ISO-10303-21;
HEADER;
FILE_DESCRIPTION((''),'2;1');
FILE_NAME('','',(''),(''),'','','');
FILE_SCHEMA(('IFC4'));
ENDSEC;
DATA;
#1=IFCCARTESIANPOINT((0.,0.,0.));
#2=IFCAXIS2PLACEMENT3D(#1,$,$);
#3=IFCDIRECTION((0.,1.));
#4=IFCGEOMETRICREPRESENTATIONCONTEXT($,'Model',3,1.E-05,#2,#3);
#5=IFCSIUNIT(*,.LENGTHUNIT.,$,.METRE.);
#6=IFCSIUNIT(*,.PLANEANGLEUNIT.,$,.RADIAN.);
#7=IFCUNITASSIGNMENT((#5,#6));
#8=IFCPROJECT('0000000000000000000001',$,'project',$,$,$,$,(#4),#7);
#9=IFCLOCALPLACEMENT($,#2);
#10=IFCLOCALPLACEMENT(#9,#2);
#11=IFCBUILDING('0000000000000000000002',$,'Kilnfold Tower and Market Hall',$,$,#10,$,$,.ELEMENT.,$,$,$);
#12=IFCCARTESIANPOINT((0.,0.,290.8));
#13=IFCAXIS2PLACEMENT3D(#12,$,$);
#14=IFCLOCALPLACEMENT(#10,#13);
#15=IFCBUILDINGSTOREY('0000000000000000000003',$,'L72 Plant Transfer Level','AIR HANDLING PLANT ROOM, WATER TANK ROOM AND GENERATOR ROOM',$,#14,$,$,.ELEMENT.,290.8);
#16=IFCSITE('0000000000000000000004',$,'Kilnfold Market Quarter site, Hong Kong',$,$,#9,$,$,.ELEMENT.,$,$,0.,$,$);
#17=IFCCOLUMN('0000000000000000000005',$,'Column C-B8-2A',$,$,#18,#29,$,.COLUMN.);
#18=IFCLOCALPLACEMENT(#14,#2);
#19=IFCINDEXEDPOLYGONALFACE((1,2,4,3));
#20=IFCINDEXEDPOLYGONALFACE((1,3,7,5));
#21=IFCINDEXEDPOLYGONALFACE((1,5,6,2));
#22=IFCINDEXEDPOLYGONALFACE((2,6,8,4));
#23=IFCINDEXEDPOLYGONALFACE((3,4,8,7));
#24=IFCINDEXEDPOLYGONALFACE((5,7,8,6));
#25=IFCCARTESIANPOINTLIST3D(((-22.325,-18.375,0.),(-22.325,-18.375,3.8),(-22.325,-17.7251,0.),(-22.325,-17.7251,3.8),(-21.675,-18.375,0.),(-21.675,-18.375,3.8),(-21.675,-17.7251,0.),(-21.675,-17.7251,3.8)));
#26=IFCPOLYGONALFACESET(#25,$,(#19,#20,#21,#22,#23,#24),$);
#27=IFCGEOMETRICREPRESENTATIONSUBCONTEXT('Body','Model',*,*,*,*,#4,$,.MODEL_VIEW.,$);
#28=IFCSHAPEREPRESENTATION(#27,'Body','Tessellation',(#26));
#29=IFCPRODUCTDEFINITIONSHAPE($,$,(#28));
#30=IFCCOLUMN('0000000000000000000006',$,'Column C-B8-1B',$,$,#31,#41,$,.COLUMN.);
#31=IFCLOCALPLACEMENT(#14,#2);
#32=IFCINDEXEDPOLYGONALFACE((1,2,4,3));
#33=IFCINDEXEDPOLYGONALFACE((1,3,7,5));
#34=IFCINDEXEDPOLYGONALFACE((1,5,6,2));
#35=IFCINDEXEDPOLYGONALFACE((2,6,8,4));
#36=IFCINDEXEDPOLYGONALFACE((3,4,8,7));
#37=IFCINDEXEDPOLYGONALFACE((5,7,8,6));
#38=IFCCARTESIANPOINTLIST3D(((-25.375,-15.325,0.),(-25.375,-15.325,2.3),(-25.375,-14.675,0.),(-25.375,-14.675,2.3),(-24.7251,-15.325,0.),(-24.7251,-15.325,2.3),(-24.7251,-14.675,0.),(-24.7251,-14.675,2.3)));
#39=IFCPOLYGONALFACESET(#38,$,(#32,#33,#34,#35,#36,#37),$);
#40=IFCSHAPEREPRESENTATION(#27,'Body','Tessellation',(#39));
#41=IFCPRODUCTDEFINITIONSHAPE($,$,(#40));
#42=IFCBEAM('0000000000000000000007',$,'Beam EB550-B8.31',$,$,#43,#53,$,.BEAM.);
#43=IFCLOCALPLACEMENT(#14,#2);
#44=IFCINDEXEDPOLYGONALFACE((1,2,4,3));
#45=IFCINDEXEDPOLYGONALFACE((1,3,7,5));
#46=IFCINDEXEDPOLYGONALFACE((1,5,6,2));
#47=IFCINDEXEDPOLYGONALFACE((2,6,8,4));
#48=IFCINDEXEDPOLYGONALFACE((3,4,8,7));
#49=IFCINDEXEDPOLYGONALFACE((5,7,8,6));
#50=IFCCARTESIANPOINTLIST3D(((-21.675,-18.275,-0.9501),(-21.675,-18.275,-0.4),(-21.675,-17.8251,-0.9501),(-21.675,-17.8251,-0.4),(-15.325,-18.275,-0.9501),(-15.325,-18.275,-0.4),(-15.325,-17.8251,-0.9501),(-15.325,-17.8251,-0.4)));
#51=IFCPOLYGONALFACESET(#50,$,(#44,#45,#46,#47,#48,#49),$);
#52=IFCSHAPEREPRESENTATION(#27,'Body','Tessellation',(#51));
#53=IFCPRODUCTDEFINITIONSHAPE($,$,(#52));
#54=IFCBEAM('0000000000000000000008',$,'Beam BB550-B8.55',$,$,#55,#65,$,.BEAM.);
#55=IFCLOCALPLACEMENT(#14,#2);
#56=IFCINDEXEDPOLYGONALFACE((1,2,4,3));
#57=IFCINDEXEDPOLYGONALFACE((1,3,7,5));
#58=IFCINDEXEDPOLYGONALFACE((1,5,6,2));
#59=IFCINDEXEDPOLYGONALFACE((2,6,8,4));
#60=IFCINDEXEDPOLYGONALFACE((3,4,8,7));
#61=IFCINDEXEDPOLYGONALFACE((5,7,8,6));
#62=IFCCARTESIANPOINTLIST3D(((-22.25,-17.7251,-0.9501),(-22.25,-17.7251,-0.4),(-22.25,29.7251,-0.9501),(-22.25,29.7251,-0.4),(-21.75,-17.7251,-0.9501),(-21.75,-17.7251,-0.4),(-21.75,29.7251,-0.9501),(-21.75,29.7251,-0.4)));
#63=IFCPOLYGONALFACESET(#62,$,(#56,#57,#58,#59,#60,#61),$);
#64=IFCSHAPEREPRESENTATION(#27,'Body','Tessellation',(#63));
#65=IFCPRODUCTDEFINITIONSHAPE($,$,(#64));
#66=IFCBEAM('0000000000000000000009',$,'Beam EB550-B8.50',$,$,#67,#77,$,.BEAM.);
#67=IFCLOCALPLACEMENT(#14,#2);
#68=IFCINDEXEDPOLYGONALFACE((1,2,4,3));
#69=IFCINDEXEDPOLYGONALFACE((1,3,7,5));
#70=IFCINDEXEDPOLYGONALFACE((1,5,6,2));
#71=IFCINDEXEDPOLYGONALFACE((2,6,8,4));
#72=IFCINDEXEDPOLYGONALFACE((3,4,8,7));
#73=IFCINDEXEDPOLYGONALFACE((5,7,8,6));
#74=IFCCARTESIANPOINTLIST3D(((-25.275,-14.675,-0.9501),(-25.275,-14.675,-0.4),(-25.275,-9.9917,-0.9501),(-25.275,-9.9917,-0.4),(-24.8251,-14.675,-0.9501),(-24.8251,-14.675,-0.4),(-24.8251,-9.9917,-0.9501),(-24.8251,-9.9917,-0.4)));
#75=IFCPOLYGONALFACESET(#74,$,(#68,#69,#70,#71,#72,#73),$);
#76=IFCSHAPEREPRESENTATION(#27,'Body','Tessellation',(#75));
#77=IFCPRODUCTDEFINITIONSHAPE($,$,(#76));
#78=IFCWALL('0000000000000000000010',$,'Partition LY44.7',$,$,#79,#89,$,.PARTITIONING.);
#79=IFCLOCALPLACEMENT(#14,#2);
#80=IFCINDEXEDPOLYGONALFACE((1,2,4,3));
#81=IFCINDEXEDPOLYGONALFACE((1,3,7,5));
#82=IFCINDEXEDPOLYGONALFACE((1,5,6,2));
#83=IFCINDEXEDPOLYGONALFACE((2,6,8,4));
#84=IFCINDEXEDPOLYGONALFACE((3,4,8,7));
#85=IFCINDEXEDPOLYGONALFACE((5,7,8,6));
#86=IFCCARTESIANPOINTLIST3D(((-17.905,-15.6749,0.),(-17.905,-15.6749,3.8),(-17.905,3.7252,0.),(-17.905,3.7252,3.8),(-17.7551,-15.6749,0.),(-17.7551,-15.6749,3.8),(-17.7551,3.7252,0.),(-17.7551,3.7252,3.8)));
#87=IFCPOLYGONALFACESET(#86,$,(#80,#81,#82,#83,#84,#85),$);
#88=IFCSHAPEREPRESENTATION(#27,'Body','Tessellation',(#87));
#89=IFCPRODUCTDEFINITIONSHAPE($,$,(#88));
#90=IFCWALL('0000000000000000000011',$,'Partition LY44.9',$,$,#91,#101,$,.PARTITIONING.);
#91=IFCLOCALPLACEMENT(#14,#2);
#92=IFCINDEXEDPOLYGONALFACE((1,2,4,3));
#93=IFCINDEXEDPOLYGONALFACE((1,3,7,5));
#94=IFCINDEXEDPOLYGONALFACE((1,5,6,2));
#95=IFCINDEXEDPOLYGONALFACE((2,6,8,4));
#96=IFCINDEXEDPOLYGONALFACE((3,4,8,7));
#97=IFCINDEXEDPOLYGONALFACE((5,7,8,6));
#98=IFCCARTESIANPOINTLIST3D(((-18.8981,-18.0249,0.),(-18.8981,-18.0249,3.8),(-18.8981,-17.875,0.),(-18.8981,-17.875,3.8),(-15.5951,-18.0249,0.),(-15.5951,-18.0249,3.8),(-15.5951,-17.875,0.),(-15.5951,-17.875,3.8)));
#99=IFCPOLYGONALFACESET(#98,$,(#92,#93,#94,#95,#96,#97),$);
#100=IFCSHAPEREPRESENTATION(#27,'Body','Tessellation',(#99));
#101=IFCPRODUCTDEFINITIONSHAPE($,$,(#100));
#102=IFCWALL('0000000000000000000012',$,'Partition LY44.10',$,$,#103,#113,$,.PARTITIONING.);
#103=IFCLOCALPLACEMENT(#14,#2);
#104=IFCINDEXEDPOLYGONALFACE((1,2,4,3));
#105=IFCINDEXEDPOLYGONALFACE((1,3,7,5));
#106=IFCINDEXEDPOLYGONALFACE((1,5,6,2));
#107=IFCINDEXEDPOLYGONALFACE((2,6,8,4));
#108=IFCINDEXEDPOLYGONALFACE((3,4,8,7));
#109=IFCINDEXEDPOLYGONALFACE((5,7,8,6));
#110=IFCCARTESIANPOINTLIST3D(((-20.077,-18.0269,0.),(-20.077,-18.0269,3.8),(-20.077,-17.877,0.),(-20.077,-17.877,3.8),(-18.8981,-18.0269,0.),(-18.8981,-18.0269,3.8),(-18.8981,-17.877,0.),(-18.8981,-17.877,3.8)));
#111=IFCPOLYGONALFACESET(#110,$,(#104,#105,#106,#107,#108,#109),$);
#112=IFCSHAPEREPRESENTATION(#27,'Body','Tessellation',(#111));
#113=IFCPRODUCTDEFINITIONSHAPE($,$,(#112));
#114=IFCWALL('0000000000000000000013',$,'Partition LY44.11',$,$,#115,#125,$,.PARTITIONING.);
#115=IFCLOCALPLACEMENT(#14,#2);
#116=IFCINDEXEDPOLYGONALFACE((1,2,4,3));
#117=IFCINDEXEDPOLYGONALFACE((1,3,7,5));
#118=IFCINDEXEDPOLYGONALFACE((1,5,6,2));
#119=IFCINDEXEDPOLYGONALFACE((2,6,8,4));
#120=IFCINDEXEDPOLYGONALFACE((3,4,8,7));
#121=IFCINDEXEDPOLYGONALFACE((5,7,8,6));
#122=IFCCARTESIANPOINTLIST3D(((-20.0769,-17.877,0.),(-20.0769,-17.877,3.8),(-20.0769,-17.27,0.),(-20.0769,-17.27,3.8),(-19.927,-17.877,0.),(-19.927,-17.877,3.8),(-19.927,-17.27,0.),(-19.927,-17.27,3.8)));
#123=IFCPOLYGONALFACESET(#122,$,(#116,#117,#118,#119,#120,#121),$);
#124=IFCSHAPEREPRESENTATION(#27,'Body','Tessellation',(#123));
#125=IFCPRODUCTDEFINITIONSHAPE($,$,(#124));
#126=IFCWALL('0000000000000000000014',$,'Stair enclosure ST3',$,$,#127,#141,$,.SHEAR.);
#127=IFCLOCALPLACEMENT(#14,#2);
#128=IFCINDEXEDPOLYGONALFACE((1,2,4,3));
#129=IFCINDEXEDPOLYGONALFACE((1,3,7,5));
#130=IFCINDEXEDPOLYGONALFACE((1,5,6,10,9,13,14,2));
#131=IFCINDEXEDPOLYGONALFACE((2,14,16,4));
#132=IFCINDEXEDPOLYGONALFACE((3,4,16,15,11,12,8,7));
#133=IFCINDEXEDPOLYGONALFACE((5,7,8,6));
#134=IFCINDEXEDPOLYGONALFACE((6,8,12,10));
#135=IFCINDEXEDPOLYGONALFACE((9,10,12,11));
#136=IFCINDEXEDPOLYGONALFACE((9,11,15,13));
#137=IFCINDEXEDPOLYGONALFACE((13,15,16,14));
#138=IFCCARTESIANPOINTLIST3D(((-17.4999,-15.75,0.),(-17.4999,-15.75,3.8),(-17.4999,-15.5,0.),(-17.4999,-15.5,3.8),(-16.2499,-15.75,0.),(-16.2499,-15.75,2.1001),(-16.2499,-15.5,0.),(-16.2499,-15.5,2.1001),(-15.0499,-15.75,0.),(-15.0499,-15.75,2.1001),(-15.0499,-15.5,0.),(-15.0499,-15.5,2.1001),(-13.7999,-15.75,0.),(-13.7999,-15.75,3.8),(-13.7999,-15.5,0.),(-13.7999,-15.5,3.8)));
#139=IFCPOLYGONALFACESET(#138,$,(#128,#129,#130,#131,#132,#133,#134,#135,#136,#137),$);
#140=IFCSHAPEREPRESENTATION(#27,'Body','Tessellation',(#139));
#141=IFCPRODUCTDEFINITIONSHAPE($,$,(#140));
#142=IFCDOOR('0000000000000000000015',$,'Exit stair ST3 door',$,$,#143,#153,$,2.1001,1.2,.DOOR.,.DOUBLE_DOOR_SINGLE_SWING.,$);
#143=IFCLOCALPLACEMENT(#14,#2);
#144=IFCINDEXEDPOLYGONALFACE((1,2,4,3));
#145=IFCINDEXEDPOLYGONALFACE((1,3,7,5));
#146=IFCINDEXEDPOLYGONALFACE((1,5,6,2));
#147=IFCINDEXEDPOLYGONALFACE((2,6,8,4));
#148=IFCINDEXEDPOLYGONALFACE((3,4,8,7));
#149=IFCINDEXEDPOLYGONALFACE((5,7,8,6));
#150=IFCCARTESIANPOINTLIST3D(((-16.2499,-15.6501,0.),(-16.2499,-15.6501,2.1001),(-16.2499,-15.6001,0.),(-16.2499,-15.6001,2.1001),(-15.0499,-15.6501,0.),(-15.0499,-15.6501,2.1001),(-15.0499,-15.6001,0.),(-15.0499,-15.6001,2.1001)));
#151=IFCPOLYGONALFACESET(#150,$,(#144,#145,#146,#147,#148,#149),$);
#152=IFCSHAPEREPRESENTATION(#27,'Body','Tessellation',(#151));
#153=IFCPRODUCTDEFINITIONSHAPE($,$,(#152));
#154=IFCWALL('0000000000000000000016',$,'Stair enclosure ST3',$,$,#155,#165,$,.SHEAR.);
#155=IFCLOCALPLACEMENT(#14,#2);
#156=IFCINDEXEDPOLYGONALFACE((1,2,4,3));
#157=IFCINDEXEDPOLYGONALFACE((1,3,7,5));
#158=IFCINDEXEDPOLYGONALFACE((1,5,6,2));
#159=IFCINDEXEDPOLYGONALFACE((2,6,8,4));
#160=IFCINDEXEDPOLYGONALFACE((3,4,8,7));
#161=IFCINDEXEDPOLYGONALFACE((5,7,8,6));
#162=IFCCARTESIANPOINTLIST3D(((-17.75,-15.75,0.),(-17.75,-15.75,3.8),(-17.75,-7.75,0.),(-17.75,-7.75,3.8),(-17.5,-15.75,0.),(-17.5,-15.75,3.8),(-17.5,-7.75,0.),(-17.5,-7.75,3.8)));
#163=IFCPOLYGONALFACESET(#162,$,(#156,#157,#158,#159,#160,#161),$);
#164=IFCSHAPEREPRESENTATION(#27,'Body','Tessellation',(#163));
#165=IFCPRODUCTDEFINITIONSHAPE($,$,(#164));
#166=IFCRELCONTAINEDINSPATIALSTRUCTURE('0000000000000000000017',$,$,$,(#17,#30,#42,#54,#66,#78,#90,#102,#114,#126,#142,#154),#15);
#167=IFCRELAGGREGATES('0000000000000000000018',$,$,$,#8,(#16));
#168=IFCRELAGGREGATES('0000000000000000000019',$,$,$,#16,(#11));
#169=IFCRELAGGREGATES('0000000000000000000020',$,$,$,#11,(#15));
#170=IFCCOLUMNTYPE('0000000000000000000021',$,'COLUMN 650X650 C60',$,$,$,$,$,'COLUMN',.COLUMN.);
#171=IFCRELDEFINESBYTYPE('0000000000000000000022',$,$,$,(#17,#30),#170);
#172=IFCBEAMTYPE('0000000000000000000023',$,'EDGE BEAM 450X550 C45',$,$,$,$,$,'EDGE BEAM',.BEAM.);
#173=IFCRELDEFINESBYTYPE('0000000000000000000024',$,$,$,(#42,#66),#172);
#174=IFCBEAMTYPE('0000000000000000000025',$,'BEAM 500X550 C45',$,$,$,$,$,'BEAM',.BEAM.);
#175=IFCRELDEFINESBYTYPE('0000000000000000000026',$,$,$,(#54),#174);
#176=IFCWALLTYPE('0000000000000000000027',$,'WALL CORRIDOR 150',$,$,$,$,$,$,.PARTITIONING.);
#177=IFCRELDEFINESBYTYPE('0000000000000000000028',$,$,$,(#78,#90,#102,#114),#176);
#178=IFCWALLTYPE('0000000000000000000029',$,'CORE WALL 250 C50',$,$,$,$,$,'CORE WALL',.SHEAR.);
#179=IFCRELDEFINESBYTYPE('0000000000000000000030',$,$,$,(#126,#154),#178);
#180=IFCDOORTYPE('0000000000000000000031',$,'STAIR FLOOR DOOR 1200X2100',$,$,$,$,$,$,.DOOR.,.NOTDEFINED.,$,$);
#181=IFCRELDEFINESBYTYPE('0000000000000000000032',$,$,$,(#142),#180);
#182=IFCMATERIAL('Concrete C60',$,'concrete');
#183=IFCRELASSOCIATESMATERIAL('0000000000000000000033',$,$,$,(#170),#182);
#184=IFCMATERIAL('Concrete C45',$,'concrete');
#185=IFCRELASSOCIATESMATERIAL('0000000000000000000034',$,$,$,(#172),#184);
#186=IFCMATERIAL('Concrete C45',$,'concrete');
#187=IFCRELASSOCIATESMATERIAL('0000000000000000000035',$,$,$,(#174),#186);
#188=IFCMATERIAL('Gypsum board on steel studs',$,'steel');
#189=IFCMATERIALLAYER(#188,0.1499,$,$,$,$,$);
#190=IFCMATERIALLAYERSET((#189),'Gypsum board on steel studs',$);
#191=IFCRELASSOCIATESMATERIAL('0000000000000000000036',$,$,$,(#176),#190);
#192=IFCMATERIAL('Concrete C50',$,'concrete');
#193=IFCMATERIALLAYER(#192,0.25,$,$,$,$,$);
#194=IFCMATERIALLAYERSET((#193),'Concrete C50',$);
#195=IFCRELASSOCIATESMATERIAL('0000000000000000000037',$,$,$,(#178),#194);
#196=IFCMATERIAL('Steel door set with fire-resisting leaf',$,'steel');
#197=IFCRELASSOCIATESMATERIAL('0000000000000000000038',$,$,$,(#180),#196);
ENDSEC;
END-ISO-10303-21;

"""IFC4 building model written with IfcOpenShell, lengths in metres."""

from ifc_helpers import new_model, si_unit, direction, frame, frame_2d, origin, origin_2d, place, context, subcontext, project, spatial, rectangle, extrude, source, transform, mapped, material, layer, layer_set, material_profile, profile_set, type_object, element, fill, save


model = new_model("IFC4")

# Units and contexts
model_context = context("Model", 3, precision=1e-05, world=origin(), true_north=direction((0.0, 1.0)))
body_context = subcontext(model_context, "Body", "Model", "MODEL_VIEW")
ifc_project = project(units=[si_unit("LENGTHUNIT", "METRE"), si_unit("PLANEANGLEUNIT", "RADIAN")], contexts=[model_context])

# Site, building, storey
site_placement = place(None, origin())
site = spatial("IfcSite", under=ifc_project, at=site_placement, Name="Kilnfold Market Quarter site, Hong Kong", CompositionType="ELEMENT", RefElevation=0.0)
building_placement = place(site_placement, origin())
building = spatial("IfcBuilding", under=site, at=building_placement, Name="Kilnfold Tower and Market Hall", CompositionType="ELEMENT")
storey_placement = place(building_placement, frame((0.0, 0.0, 290.8)))
storey = spatial("IfcBuildingStorey", under=building, at=storey_placement, Name="L72 Plant Transfer Level", Description="AIR HANDLING PLANT ROOM, WATER TANK ROOM AND GENERATOR ROOM", CompositionType="ELEMENT", Elevation=290.8)

# Columns
ifc_material_1 = material(Name="Concrete C60", Category="concrete")
ifc_material_profile_1 = material_profile(ifc_material_1, rectangle(XDim=0.6499, YDim=0.6499, at=origin_2d()), Name="RC 650x650")
ifc_profile_set_1 = profile_set([ifc_material_profile_1], Name="Concrete C60")
column_type = type_object("IfcColumnType", Name="COLUMN 650X650 C60", ElementType="COLUMN", PredefinedType="COLUMN", material=ifc_profile_set_1)
shared_shape_1 = source(origin(), body_context, "Body", "SweptSolid", [
    extrude(rectangle(XDim=0.6499, YDim=0.6499, at=origin_2d()), origin(), (0.0, 0.0, 1.0), 3.8),
])
column_1_placement = place(storey_placement, frame((-22.0, -18.05, 0.0), z_axis=(0.0, 0.0, 1.0), x_axis=(1.0, 0.0, 0.0)))
element("IfcColumn", 1, at=column_1_placement, inside=storey, type_object=column_type, Name="Column C-B8-2A", PredefinedType="COLUMN", context=body_context, shape_type="MappedRepresentation", body=[
    mapped(shared_shape_1, transform((0.0, 0.0, 0.0))),
])
shared_shape_2 = source(origin(), body_context, "Body", "SweptSolid", [
    extrude(rectangle(XDim=0.6499, YDim=0.6499, at=origin_2d()), origin(), (0.0, 0.0, 1.0), 2.3),
])
column_2_placement = place(storey_placement, frame((-25.05, -15.0, 0.0), z_axis=(0.0, 0.0, 1.0), x_axis=(1.0, 0.0, 0.0)))
element("IfcColumn", 2, at=column_2_placement, inside=storey, type_object=column_type, Name="Column C-B8-1B", PredefinedType="COLUMN", context=body_context, shape_type="MappedRepresentation", body=[
    mapped(shared_shape_2, transform((0.0, 0.0, 0.0))),
])

# Beams
ifc_material_2 = material(Name="Concrete C45", Category="concrete")
ifc_material_profile_2 = material_profile(ifc_material_2, rectangle(XDim=0.45, YDim=0.55, at=origin_2d()), Name="RC 450x550")
ifc_profile_set_2 = profile_set([ifc_material_profile_2], Name="Concrete C45")
beam_type_1 = type_object("IfcBeamType", Name="EDGE BEAM 450X550 C45", ElementType="EDGE BEAM", PredefinedType="BEAM", material=ifc_profile_set_2)
shared_shape_3 = source(origin(), body_context, "Body", "SweptSolid", [
    extrude(rectangle(XDim=0.45, YDim=0.55, at=origin_2d()), origin(), (0.0, 0.0, 1.0), 6.3501),
])
beam_1_placement = place(storey_placement, frame((-21.675, -18.05, -0.675), z_axis=(1.0, 0.0, 0.0), x_axis=(0.0, 1.0, 0.0)))
element("IfcBeam", 3, at=beam_1_placement, inside=storey, type_object=beam_type_1, Name="Beam EB550-B8.31", PredefinedType="BEAM", context=body_context, shape_type="MappedRepresentation", body=[
    mapped(shared_shape_3, transform((0.0, 0.0, 0.0))),
])
ifc_material_3 = material(Name="Concrete C45", Category="concrete")
ifc_material_profile_3 = material_profile(ifc_material_3, rectangle(XDim=0.5, YDim=0.55, at=origin_2d()), Name="RC 500x550")
ifc_profile_set_3 = profile_set([ifc_material_profile_3], Name="Concrete C45")
beam_type_2 = type_object("IfcBeamType", Name="BEAM 500X550 C45", ElementType="BEAM", PredefinedType="BEAM", material=ifc_profile_set_3)
shared_shape_4 = source(origin(), body_context, "Body", "SweptSolid", [
    extrude(rectangle(XDim=0.5, YDim=0.55, at=origin_2d()), origin(), (0.0, 0.0, 1.0), 47.4502),
])
beam_2_placement = place(storey_placement, frame((-22.0, -17.7251, -0.675), z_axis=(0.0, 1.0, 0.0), x_axis=(-1.0, 0.0, 0.0)))
element("IfcBeam", 4, at=beam_2_placement, inside=storey, type_object=beam_type_2, Name="Beam BB550-B8.55", PredefinedType="BEAM", context=body_context, shape_type="MappedRepresentation", body=[
    mapped(shared_shape_4, transform((0.0, 0.0, 0.0))),
])
shared_shape_5 = source(origin(), body_context, "Body", "SweptSolid", [
    extrude(rectangle(XDim=0.45, YDim=0.55, at=origin_2d()), origin(), (0.0, 0.0, 1.0), 4.6833),
])
beam_3_placement = place(storey_placement, frame((-25.05, -14.675, -0.675), z_axis=(0.0, 1.0, 0.0), x_axis=(-1.0, 0.0, 0.0)))
element("IfcBeam", 5, at=beam_3_placement, inside=storey, type_object=beam_type_1, Name="Beam EB550-B8.50", PredefinedType="BEAM", context=body_context, shape_type="MappedRepresentation", body=[
    mapped(shared_shape_5, transform((0.0, 0.0, 0.0))),
])

# Walls
ifc_material_4 = material(Name="Gypsum board on steel studs", Category="steel")
ifc_layer_1 = layer(ifc_material_4, 0.1499)
ifc_layer_set_1 = layer_set([ifc_layer_1], Name="Gypsum board on steel studs")
wall_type_1 = type_object("IfcWallType", Name="WALL CORRIDOR 150", PredefinedType="PARTITIONING", material=ifc_layer_set_1)
wall_1_placement = place(storey_placement, frame((-17.8301, -15.675, 0.0), z_axis=(0.0, 0.0, 1.0), x_axis=(0.0, 1.0, 0.0)))
element("IfcWall", 6, at=wall_1_placement, inside=storey, type_object=wall_type_1, Name="Partition LY44.7", PredefinedType="PARTITIONING", context=body_context, shape_type="SweptSolid", body=[
    extrude(rectangle(XDim=19.4001, YDim=0.1499, at=frame_2d((9.7002, 0.0))), origin(), (0.0, 0.0, 1.0), 3.8),
])
wall_2_placement = place(storey_placement, frame((-18.8979, -17.95, 0.0), z_axis=(0.0, 0.0, 1.0), x_axis=(1.0, 0.0, 0.0)))
element("IfcWall", 7, at=wall_2_placement, inside=storey, type_object=wall_type_1, Name="Partition LY44.9", PredefinedType="PARTITIONING", context=body_context, shape_type="SweptSolid", body=[
    extrude(rectangle(XDim=3.303, YDim=0.1499, at=frame_2d((1.6514, 0.0))), origin(), (0.0, 0.0, 1.0), 3.8),
])
wall_3_placement = place(storey_placement, frame((-20.0769, -17.9519, 0.0), z_axis=(0.0, 0.0, 1.0), x_axis=(1.0, 0.0, 0.0)))
element("IfcWall", 8, at=wall_3_placement, inside=storey, type_object=wall_type_1, Name="Partition LY44.10", PredefinedType="PARTITIONING", context=body_context, shape_type="SweptSolid", body=[
    extrude(rectangle(XDim=1.179, YDim=0.1499, at=frame_2d((0.5894, 0.0))), origin(), (0.0, 0.0, 1.0), 3.8),
])
wall_4_placement = place(storey_placement, frame((-20.002, -17.27, 0.0), z_axis=(0.0, 0.0, 1.0), x_axis=(0.0, -1.0, 0.0)))
element("IfcWall", 9, at=wall_4_placement, inside=storey, type_object=wall_type_1, Name="Partition LY44.11", PredefinedType="PARTITIONING", context=body_context, shape_type="SweptSolid", body=[
    extrude(rectangle(XDim=0.6069, YDim=0.1499, at=frame_2d((0.3035, 0.0))), origin(), (0.0, 0.0, 1.0), 3.8),
])

# Wall, opening, door
ifc_material_5 = material(Name="Concrete C50", Category="concrete")
ifc_layer_2 = layer(ifc_material_5, 0.25)
ifc_layer_set_2 = layer_set([ifc_layer_2], Name="Concrete C50")
wall_type_2 = type_object("IfcWallType", Name="CORE WALL 250 C50", ElementType="CORE WALL", PredefinedType="SHEAR", material=ifc_layer_set_2)
shared_shape_6 = source(origin(), body_context, "Body", "SweptSolid", [
    extrude(rectangle(XDim=3.7, YDim=0.25, at=frame_2d((1.8501, 0.0))), origin(), (0.0, 0.0, 1.0), 3.8),
])
wall_5_placement = place(storey_placement, frame((-17.5, -15.625, 0.0), z_axis=(0.0, 0.0, 1.0), x_axis=(1.0, 0.0, 0.0)))
wall_5 = element("IfcWall", 10, at=wall_5_placement, inside=storey, type_object=wall_type_2, Name="Stair enclosure ST3", PredefinedType="SHEAR", context=body_context, shape_type="MappedRepresentation", body=[
    mapped(shared_shape_6, transform((0.0, 0.0, 0.0))),
])
opening_placement = place(wall_5_placement, frame((1.25, 0.0, 0.0)))
opening = element("IfcOpeningElement", 11, at=opening_placement, cuts=wall_5, PredefinedType="OPENING", context=body_context, shape_type="SweptSolid", body=[
    extrude(rectangle(XDim=1.2, YDim=2.1001, at=frame_2d((0.6001, 1.05))), frame((0.0, 0.135, 0.0), z_axis=(0.0, -1.0, 0.0), x_axis=(1.0, 0.0, 0.0)), (0.0, 0.0, 1.0), 0.27),
])
ifc_material_6 = material(Name="Steel door set with fire-resisting leaf", Category="steel")
door_type = type_object("IfcDoorType", Name="STAIR FLOOR DOOR 1200X2100", OperationType="NOTDEFINED", PredefinedType="DOOR", material=ifc_material_6)
door_placement = place(opening_placement, origin())
door = element("IfcDoor", 12, at=door_placement, inside=storey, type_object=door_type, Name="Exit stair ST3 door", OperationType="DOUBLE_DOOR_SINGLE_SWING", OverallHeight=2.1001, OverallWidth=1.2, PredefinedType="DOOR", context=body_context, shape_type="SweptSolid", body=[
    extrude(rectangle(XDim=1.2, YDim=2.1001, at=frame_2d((0.6001, 1.05))), frame((0.0, 0.0249, 0.0), z_axis=(0.0, -1.0, 0.0), x_axis=(1.0, 0.0, 0.0)), (0.0, 0.0, 1.0), 0.05),
])
fill(opening, door)

# Wall
shared_shape_7 = source(origin(), body_context, "Body", "SweptSolid", [
    extrude(rectangle(XDim=8.0, YDim=0.25, at=frame_2d((4.0, 0.0))), origin(), (0.0, 0.0, 1.0), 3.8),
])
wall_6_placement = place(storey_placement, frame((-17.625, -15.75, 0.0), z_axis=(0.0, 0.0, 1.0), x_axis=(0.0, 1.0, 0.0)))
element("IfcWall", 13, at=wall_6_placement, inside=storey, type_object=wall_type_2, Name="Stair enclosure ST3", PredefinedType="SHEAR", context=body_context, shape_type="MappedRepresentation", body=[
    mapped(shared_shape_7, transform((0.0, 0.0, 0.0))),
])

save(model, "model.ifc")
